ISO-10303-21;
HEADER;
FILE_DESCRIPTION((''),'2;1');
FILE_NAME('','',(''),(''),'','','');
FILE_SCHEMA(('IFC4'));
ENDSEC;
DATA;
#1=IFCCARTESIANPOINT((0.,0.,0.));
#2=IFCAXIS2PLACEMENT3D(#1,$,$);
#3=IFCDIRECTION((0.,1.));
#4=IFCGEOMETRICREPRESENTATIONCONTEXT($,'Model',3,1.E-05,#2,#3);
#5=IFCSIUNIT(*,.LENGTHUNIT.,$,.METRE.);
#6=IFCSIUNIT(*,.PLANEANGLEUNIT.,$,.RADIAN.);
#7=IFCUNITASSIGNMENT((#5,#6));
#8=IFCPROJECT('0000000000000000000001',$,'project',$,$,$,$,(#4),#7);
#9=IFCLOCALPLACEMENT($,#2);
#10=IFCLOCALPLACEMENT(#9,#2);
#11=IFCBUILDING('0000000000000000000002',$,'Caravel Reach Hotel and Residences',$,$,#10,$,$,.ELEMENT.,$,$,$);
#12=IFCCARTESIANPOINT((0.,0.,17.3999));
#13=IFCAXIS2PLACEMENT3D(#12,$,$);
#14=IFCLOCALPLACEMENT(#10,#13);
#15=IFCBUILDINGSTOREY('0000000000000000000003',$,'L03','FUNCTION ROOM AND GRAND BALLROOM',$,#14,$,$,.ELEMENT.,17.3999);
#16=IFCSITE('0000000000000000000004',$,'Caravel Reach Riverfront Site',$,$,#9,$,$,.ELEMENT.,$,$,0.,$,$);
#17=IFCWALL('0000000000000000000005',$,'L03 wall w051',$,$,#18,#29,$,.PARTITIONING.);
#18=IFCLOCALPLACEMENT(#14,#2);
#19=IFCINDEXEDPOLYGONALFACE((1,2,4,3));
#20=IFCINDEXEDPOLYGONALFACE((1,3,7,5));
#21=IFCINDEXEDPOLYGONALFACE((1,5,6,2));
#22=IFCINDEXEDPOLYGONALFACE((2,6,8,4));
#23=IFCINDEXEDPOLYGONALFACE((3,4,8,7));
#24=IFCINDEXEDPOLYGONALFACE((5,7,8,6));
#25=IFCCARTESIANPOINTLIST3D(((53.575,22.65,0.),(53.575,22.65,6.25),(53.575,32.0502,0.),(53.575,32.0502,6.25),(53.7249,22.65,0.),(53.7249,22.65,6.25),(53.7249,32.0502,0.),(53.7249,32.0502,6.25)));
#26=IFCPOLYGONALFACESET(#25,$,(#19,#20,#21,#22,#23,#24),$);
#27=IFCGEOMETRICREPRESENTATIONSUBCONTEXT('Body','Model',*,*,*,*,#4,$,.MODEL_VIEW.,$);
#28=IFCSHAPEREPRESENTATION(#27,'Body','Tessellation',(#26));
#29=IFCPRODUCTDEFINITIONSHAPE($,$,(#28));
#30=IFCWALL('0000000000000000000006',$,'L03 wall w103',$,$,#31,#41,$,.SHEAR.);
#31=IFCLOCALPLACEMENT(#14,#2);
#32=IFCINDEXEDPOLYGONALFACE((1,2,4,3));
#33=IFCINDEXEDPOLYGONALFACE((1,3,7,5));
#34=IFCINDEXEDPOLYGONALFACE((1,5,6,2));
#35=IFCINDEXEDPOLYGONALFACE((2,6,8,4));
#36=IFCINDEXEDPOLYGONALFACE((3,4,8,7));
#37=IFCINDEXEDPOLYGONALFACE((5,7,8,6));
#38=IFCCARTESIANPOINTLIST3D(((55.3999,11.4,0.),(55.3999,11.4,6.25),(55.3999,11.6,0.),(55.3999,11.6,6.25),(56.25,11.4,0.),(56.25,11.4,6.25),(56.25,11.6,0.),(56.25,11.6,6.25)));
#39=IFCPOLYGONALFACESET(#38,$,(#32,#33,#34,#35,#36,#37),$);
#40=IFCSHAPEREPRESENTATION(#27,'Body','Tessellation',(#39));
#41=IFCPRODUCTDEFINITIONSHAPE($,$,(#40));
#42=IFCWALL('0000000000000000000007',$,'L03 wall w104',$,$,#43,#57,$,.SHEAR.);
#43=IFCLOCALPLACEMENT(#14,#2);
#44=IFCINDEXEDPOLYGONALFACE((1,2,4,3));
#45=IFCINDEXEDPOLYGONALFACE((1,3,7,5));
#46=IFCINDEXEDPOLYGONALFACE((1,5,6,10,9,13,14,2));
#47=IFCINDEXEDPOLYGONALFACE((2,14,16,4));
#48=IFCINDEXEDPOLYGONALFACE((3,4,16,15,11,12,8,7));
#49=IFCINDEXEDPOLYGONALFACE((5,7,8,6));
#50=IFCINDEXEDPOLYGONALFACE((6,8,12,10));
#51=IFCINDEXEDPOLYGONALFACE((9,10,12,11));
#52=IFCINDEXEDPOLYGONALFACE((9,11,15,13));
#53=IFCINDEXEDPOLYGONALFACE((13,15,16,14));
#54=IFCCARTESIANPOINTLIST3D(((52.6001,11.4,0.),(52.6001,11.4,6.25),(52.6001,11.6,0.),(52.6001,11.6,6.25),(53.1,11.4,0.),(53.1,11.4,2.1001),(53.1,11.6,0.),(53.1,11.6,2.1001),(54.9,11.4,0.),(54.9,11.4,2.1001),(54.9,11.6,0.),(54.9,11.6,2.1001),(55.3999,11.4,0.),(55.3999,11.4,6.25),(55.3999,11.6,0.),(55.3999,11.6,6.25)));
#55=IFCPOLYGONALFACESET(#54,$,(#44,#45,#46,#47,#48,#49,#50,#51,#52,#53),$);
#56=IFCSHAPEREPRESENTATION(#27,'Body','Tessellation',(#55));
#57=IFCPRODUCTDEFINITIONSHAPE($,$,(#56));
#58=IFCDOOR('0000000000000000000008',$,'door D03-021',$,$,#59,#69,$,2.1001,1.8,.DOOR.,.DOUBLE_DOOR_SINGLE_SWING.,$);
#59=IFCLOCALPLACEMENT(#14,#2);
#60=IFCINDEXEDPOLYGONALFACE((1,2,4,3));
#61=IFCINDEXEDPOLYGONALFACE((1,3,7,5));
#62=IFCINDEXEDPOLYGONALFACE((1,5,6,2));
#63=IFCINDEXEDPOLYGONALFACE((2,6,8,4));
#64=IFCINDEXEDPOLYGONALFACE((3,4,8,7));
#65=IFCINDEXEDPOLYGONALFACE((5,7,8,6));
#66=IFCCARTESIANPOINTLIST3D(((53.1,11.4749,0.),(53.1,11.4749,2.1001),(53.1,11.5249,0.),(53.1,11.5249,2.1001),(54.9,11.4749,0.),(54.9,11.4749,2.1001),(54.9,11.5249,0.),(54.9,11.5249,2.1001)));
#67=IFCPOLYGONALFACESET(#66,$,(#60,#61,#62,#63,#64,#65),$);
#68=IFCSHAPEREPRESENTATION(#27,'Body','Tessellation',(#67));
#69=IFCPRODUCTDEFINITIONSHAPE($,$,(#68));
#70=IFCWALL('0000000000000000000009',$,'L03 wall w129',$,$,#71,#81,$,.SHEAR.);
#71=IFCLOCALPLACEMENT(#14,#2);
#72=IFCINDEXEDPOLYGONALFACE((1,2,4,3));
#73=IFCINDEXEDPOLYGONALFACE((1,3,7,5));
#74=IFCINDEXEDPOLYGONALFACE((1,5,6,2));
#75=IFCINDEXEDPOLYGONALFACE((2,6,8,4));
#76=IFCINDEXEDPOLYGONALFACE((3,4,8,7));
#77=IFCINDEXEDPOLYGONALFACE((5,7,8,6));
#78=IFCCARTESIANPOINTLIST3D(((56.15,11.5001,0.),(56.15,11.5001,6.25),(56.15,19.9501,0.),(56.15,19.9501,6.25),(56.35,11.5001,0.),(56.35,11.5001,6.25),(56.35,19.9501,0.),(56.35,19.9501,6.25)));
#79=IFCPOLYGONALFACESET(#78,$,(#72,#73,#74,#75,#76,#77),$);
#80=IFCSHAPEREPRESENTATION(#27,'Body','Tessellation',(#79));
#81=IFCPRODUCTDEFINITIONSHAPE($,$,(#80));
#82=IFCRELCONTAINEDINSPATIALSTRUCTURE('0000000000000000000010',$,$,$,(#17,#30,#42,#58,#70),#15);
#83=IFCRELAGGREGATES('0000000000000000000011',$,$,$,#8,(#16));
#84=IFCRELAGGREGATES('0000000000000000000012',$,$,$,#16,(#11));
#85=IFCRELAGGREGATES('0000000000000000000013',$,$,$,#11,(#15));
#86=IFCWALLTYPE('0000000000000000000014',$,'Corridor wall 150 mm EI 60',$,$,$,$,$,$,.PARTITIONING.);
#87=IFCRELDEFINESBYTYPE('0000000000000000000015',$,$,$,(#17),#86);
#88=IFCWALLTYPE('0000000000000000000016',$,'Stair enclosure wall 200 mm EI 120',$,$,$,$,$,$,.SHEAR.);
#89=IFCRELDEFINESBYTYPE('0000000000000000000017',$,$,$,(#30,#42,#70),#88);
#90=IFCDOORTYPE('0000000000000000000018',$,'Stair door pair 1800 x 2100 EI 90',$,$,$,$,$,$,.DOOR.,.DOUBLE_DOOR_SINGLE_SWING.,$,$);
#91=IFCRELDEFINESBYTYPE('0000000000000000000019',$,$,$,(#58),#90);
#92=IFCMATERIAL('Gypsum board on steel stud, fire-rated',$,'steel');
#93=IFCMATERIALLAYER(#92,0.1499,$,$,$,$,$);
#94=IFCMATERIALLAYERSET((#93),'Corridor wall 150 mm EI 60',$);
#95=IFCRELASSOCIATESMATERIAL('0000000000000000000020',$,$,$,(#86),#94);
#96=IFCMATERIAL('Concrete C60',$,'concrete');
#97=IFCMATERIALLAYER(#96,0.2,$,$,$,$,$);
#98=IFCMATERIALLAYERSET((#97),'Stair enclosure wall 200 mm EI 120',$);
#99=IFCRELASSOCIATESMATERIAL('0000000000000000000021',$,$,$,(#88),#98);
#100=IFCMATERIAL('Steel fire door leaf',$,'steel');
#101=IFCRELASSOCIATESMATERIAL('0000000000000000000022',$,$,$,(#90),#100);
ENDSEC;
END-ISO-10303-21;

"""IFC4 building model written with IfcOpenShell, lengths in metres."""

from ifc_helpers import new_model, si_unit, direction, frame, frame_2d, origin, place, context, subcontext, project, spatial, rectangle, extrude, material, layer, layer_set, type_object, element, fill, save


model = new_model("IFC4")

# Units and contexts
model_context = context("Model", 3, precision=1e-05, world=origin(), true_north=direction((0.0, 1.0)))
body_context = subcontext(model_context, "Body", "Model", "MODEL_VIEW")
ifc_project = project(units=[si_unit("LENGTHUNIT", "METRE"), si_unit("PLANEANGLEUNIT", "RADIAN")], contexts=[model_context])

# Site, building, storey
site_placement = place(None, origin())
site = spatial("IfcSite", under=ifc_project, at=site_placement, Name="Caravel Reach Riverfront Site", CompositionType="ELEMENT", RefElevation=0.0)
building_placement = place(site_placement, origin())
building = spatial("IfcBuilding", under=site, at=building_placement, Name="Caravel Reach Hotel and Residences", CompositionType="ELEMENT")
storey_placement = place(building_placement, frame((0.0, 0.0, 17.3999)))
storey = spatial("IfcBuildingStorey", under=building, at=storey_placement, Name="L03", Description="FUNCTION ROOM AND GRAND BALLROOM", CompositionType="ELEMENT", Elevation=17.3999)

# Walls
ifc_material_1 = material(Name="Gypsum board on steel stud, fire-rated", Category="steel")
ifc_layer_1 = layer(ifc_material_1, 0.1499)
ifc_layer_set_1 = layer_set([ifc_layer_1], Name="Corridor wall 150 mm EI 60")
wall_type_1 = type_object("IfcWallType", Name="Corridor wall 150 mm EI 60", PredefinedType="PARTITIONING", material=ifc_layer_set_1)
wall_1_placement = place(storey_placement, frame((53.6499, 22.6499, 0.0), z_axis=(0.0, 0.0, 1.0), x_axis=(0.0, 1.0, 0.0)))
element("IfcWall", 1, at=wall_1_placement, inside=storey, type_object=wall_type_1, Name="L03 wall w051", PredefinedType="PARTITIONING", context=body_context, shape_type="SweptSolid", body=[
    extrude(rectangle(XDim=9.4001, YDim=0.1499, at=frame_2d((4.7002, 0.0))), origin(), (0.0, 0.0, 1.0), 6.25),
])
ifc_material_2 = material(Name="Concrete C60", Category="concrete")
ifc_layer_2 = layer(ifc_material_2, 0.2)
ifc_layer_set_2 = layer_set([ifc_layer_2], Name="Stair enclosure wall 200 mm EI 120")
wall_type_2 = type_object("IfcWallType", Name="Stair enclosure wall 200 mm EI 120", PredefinedType="SHEAR", material=ifc_layer_set_2)
wall_2_placement = place(storey_placement, frame((55.3999, 11.5, 0.0), z_axis=(0.0, 0.0, 1.0), x_axis=(1.0, 0.0, 0.0)))
element("IfcWall", 2, at=wall_2_placement, inside=storey, type_object=wall_type_2, Name="L03 wall w103", PredefinedType="SHEAR", context=body_context, shape_type="SweptSolid", body=[
    extrude(rectangle(XDim=0.8501, YDim=0.2, at=frame_2d((0.425, 0.0))), origin(), (0.0, 0.0, 1.0), 6.25),
])

# Wall, opening, door
wall_3_placement = place(storey_placement, frame((52.6001, 11.5, 0.0), z_axis=(0.0, 0.0, 1.0), x_axis=(1.0, 0.0, 0.0)))
wall_3 = element("IfcWall", 3, at=wall_3_placement, inside=storey, type_object=wall_type_2, Name="L03 wall w104", PredefinedType="SHEAR", context=body_context, shape_type="SweptSolid", body=[
    extrude(rectangle(XDim=2.7998, YDim=0.2, at=frame_2d((1.3999, 0.0))), origin(), (0.0, 0.0, 1.0), 6.25),
])
opening_placement = place(wall_3_placement, frame((0.5, 0.0, 0.0)))
opening = element("IfcOpeningElement", 4, at=opening_placement, cuts=wall_3, PredefinedType="OPENING", context=body_context, shape_type="SweptSolid", body=[
    extrude(rectangle(XDim=1.8, YDim=2.1001, at=frame_2d((0.8999, 1.05))), frame((0.0, 0.1099, 0.0), z_axis=(0.0, -1.0, 0.0), x_axis=(1.0, 0.0, 0.0)), (0.0, 0.0, 1.0), 0.22),
])
ifc_material_3 = material(Name="Steel fire door leaf", Category="steel")
door_type = type_object("IfcDoorType", Name="Stair door pair 1800 x 2100 EI 90", OperationType="DOUBLE_DOOR_SINGLE_SWING", PredefinedType="DOOR", material=ifc_material_3)
door_placement = place(opening_placement, origin())
door = element("IfcDoor", 5, at=door_placement, inside=storey, type_object=door_type, Name="door D03-021", OperationType="DOUBLE_DOOR_SINGLE_SWING", OverallHeight=2.1001, OverallWidth=1.8, PredefinedType="DOOR", context=body_context, shape_type="SweptSolid", body=[
    extrude(rectangle(XDim=1.8, YDim=2.1001, at=frame_2d((0.8999, 1.05))), frame((0.0, 0.0249, 0.0), z_axis=(0.0, -1.0, 0.0), x_axis=(1.0, 0.0, 0.0)), (0.0, 0.0, 1.0), 0.05),
])
fill(opening, door)

# Wall
wall_4_placement = place(storey_placement, frame((56.25, 11.5, 0.0), z_axis=(0.0, 0.0, 1.0), x_axis=(0.0, 1.0, 0.0)))
element("IfcWall", 6, at=wall_4_placement, inside=storey, type_object=wall_type_2, Name="L03 wall w129", PredefinedType="SHEAR", context=body_context, shape_type="SweptSolid", body=[
    extrude(rectangle(XDim=8.45, YDim=0.2, at=frame_2d((4.2251, 0.0))), origin(), (0.0, 0.0, 1.0), 6.25),
])

save(model, "model.ifc")
